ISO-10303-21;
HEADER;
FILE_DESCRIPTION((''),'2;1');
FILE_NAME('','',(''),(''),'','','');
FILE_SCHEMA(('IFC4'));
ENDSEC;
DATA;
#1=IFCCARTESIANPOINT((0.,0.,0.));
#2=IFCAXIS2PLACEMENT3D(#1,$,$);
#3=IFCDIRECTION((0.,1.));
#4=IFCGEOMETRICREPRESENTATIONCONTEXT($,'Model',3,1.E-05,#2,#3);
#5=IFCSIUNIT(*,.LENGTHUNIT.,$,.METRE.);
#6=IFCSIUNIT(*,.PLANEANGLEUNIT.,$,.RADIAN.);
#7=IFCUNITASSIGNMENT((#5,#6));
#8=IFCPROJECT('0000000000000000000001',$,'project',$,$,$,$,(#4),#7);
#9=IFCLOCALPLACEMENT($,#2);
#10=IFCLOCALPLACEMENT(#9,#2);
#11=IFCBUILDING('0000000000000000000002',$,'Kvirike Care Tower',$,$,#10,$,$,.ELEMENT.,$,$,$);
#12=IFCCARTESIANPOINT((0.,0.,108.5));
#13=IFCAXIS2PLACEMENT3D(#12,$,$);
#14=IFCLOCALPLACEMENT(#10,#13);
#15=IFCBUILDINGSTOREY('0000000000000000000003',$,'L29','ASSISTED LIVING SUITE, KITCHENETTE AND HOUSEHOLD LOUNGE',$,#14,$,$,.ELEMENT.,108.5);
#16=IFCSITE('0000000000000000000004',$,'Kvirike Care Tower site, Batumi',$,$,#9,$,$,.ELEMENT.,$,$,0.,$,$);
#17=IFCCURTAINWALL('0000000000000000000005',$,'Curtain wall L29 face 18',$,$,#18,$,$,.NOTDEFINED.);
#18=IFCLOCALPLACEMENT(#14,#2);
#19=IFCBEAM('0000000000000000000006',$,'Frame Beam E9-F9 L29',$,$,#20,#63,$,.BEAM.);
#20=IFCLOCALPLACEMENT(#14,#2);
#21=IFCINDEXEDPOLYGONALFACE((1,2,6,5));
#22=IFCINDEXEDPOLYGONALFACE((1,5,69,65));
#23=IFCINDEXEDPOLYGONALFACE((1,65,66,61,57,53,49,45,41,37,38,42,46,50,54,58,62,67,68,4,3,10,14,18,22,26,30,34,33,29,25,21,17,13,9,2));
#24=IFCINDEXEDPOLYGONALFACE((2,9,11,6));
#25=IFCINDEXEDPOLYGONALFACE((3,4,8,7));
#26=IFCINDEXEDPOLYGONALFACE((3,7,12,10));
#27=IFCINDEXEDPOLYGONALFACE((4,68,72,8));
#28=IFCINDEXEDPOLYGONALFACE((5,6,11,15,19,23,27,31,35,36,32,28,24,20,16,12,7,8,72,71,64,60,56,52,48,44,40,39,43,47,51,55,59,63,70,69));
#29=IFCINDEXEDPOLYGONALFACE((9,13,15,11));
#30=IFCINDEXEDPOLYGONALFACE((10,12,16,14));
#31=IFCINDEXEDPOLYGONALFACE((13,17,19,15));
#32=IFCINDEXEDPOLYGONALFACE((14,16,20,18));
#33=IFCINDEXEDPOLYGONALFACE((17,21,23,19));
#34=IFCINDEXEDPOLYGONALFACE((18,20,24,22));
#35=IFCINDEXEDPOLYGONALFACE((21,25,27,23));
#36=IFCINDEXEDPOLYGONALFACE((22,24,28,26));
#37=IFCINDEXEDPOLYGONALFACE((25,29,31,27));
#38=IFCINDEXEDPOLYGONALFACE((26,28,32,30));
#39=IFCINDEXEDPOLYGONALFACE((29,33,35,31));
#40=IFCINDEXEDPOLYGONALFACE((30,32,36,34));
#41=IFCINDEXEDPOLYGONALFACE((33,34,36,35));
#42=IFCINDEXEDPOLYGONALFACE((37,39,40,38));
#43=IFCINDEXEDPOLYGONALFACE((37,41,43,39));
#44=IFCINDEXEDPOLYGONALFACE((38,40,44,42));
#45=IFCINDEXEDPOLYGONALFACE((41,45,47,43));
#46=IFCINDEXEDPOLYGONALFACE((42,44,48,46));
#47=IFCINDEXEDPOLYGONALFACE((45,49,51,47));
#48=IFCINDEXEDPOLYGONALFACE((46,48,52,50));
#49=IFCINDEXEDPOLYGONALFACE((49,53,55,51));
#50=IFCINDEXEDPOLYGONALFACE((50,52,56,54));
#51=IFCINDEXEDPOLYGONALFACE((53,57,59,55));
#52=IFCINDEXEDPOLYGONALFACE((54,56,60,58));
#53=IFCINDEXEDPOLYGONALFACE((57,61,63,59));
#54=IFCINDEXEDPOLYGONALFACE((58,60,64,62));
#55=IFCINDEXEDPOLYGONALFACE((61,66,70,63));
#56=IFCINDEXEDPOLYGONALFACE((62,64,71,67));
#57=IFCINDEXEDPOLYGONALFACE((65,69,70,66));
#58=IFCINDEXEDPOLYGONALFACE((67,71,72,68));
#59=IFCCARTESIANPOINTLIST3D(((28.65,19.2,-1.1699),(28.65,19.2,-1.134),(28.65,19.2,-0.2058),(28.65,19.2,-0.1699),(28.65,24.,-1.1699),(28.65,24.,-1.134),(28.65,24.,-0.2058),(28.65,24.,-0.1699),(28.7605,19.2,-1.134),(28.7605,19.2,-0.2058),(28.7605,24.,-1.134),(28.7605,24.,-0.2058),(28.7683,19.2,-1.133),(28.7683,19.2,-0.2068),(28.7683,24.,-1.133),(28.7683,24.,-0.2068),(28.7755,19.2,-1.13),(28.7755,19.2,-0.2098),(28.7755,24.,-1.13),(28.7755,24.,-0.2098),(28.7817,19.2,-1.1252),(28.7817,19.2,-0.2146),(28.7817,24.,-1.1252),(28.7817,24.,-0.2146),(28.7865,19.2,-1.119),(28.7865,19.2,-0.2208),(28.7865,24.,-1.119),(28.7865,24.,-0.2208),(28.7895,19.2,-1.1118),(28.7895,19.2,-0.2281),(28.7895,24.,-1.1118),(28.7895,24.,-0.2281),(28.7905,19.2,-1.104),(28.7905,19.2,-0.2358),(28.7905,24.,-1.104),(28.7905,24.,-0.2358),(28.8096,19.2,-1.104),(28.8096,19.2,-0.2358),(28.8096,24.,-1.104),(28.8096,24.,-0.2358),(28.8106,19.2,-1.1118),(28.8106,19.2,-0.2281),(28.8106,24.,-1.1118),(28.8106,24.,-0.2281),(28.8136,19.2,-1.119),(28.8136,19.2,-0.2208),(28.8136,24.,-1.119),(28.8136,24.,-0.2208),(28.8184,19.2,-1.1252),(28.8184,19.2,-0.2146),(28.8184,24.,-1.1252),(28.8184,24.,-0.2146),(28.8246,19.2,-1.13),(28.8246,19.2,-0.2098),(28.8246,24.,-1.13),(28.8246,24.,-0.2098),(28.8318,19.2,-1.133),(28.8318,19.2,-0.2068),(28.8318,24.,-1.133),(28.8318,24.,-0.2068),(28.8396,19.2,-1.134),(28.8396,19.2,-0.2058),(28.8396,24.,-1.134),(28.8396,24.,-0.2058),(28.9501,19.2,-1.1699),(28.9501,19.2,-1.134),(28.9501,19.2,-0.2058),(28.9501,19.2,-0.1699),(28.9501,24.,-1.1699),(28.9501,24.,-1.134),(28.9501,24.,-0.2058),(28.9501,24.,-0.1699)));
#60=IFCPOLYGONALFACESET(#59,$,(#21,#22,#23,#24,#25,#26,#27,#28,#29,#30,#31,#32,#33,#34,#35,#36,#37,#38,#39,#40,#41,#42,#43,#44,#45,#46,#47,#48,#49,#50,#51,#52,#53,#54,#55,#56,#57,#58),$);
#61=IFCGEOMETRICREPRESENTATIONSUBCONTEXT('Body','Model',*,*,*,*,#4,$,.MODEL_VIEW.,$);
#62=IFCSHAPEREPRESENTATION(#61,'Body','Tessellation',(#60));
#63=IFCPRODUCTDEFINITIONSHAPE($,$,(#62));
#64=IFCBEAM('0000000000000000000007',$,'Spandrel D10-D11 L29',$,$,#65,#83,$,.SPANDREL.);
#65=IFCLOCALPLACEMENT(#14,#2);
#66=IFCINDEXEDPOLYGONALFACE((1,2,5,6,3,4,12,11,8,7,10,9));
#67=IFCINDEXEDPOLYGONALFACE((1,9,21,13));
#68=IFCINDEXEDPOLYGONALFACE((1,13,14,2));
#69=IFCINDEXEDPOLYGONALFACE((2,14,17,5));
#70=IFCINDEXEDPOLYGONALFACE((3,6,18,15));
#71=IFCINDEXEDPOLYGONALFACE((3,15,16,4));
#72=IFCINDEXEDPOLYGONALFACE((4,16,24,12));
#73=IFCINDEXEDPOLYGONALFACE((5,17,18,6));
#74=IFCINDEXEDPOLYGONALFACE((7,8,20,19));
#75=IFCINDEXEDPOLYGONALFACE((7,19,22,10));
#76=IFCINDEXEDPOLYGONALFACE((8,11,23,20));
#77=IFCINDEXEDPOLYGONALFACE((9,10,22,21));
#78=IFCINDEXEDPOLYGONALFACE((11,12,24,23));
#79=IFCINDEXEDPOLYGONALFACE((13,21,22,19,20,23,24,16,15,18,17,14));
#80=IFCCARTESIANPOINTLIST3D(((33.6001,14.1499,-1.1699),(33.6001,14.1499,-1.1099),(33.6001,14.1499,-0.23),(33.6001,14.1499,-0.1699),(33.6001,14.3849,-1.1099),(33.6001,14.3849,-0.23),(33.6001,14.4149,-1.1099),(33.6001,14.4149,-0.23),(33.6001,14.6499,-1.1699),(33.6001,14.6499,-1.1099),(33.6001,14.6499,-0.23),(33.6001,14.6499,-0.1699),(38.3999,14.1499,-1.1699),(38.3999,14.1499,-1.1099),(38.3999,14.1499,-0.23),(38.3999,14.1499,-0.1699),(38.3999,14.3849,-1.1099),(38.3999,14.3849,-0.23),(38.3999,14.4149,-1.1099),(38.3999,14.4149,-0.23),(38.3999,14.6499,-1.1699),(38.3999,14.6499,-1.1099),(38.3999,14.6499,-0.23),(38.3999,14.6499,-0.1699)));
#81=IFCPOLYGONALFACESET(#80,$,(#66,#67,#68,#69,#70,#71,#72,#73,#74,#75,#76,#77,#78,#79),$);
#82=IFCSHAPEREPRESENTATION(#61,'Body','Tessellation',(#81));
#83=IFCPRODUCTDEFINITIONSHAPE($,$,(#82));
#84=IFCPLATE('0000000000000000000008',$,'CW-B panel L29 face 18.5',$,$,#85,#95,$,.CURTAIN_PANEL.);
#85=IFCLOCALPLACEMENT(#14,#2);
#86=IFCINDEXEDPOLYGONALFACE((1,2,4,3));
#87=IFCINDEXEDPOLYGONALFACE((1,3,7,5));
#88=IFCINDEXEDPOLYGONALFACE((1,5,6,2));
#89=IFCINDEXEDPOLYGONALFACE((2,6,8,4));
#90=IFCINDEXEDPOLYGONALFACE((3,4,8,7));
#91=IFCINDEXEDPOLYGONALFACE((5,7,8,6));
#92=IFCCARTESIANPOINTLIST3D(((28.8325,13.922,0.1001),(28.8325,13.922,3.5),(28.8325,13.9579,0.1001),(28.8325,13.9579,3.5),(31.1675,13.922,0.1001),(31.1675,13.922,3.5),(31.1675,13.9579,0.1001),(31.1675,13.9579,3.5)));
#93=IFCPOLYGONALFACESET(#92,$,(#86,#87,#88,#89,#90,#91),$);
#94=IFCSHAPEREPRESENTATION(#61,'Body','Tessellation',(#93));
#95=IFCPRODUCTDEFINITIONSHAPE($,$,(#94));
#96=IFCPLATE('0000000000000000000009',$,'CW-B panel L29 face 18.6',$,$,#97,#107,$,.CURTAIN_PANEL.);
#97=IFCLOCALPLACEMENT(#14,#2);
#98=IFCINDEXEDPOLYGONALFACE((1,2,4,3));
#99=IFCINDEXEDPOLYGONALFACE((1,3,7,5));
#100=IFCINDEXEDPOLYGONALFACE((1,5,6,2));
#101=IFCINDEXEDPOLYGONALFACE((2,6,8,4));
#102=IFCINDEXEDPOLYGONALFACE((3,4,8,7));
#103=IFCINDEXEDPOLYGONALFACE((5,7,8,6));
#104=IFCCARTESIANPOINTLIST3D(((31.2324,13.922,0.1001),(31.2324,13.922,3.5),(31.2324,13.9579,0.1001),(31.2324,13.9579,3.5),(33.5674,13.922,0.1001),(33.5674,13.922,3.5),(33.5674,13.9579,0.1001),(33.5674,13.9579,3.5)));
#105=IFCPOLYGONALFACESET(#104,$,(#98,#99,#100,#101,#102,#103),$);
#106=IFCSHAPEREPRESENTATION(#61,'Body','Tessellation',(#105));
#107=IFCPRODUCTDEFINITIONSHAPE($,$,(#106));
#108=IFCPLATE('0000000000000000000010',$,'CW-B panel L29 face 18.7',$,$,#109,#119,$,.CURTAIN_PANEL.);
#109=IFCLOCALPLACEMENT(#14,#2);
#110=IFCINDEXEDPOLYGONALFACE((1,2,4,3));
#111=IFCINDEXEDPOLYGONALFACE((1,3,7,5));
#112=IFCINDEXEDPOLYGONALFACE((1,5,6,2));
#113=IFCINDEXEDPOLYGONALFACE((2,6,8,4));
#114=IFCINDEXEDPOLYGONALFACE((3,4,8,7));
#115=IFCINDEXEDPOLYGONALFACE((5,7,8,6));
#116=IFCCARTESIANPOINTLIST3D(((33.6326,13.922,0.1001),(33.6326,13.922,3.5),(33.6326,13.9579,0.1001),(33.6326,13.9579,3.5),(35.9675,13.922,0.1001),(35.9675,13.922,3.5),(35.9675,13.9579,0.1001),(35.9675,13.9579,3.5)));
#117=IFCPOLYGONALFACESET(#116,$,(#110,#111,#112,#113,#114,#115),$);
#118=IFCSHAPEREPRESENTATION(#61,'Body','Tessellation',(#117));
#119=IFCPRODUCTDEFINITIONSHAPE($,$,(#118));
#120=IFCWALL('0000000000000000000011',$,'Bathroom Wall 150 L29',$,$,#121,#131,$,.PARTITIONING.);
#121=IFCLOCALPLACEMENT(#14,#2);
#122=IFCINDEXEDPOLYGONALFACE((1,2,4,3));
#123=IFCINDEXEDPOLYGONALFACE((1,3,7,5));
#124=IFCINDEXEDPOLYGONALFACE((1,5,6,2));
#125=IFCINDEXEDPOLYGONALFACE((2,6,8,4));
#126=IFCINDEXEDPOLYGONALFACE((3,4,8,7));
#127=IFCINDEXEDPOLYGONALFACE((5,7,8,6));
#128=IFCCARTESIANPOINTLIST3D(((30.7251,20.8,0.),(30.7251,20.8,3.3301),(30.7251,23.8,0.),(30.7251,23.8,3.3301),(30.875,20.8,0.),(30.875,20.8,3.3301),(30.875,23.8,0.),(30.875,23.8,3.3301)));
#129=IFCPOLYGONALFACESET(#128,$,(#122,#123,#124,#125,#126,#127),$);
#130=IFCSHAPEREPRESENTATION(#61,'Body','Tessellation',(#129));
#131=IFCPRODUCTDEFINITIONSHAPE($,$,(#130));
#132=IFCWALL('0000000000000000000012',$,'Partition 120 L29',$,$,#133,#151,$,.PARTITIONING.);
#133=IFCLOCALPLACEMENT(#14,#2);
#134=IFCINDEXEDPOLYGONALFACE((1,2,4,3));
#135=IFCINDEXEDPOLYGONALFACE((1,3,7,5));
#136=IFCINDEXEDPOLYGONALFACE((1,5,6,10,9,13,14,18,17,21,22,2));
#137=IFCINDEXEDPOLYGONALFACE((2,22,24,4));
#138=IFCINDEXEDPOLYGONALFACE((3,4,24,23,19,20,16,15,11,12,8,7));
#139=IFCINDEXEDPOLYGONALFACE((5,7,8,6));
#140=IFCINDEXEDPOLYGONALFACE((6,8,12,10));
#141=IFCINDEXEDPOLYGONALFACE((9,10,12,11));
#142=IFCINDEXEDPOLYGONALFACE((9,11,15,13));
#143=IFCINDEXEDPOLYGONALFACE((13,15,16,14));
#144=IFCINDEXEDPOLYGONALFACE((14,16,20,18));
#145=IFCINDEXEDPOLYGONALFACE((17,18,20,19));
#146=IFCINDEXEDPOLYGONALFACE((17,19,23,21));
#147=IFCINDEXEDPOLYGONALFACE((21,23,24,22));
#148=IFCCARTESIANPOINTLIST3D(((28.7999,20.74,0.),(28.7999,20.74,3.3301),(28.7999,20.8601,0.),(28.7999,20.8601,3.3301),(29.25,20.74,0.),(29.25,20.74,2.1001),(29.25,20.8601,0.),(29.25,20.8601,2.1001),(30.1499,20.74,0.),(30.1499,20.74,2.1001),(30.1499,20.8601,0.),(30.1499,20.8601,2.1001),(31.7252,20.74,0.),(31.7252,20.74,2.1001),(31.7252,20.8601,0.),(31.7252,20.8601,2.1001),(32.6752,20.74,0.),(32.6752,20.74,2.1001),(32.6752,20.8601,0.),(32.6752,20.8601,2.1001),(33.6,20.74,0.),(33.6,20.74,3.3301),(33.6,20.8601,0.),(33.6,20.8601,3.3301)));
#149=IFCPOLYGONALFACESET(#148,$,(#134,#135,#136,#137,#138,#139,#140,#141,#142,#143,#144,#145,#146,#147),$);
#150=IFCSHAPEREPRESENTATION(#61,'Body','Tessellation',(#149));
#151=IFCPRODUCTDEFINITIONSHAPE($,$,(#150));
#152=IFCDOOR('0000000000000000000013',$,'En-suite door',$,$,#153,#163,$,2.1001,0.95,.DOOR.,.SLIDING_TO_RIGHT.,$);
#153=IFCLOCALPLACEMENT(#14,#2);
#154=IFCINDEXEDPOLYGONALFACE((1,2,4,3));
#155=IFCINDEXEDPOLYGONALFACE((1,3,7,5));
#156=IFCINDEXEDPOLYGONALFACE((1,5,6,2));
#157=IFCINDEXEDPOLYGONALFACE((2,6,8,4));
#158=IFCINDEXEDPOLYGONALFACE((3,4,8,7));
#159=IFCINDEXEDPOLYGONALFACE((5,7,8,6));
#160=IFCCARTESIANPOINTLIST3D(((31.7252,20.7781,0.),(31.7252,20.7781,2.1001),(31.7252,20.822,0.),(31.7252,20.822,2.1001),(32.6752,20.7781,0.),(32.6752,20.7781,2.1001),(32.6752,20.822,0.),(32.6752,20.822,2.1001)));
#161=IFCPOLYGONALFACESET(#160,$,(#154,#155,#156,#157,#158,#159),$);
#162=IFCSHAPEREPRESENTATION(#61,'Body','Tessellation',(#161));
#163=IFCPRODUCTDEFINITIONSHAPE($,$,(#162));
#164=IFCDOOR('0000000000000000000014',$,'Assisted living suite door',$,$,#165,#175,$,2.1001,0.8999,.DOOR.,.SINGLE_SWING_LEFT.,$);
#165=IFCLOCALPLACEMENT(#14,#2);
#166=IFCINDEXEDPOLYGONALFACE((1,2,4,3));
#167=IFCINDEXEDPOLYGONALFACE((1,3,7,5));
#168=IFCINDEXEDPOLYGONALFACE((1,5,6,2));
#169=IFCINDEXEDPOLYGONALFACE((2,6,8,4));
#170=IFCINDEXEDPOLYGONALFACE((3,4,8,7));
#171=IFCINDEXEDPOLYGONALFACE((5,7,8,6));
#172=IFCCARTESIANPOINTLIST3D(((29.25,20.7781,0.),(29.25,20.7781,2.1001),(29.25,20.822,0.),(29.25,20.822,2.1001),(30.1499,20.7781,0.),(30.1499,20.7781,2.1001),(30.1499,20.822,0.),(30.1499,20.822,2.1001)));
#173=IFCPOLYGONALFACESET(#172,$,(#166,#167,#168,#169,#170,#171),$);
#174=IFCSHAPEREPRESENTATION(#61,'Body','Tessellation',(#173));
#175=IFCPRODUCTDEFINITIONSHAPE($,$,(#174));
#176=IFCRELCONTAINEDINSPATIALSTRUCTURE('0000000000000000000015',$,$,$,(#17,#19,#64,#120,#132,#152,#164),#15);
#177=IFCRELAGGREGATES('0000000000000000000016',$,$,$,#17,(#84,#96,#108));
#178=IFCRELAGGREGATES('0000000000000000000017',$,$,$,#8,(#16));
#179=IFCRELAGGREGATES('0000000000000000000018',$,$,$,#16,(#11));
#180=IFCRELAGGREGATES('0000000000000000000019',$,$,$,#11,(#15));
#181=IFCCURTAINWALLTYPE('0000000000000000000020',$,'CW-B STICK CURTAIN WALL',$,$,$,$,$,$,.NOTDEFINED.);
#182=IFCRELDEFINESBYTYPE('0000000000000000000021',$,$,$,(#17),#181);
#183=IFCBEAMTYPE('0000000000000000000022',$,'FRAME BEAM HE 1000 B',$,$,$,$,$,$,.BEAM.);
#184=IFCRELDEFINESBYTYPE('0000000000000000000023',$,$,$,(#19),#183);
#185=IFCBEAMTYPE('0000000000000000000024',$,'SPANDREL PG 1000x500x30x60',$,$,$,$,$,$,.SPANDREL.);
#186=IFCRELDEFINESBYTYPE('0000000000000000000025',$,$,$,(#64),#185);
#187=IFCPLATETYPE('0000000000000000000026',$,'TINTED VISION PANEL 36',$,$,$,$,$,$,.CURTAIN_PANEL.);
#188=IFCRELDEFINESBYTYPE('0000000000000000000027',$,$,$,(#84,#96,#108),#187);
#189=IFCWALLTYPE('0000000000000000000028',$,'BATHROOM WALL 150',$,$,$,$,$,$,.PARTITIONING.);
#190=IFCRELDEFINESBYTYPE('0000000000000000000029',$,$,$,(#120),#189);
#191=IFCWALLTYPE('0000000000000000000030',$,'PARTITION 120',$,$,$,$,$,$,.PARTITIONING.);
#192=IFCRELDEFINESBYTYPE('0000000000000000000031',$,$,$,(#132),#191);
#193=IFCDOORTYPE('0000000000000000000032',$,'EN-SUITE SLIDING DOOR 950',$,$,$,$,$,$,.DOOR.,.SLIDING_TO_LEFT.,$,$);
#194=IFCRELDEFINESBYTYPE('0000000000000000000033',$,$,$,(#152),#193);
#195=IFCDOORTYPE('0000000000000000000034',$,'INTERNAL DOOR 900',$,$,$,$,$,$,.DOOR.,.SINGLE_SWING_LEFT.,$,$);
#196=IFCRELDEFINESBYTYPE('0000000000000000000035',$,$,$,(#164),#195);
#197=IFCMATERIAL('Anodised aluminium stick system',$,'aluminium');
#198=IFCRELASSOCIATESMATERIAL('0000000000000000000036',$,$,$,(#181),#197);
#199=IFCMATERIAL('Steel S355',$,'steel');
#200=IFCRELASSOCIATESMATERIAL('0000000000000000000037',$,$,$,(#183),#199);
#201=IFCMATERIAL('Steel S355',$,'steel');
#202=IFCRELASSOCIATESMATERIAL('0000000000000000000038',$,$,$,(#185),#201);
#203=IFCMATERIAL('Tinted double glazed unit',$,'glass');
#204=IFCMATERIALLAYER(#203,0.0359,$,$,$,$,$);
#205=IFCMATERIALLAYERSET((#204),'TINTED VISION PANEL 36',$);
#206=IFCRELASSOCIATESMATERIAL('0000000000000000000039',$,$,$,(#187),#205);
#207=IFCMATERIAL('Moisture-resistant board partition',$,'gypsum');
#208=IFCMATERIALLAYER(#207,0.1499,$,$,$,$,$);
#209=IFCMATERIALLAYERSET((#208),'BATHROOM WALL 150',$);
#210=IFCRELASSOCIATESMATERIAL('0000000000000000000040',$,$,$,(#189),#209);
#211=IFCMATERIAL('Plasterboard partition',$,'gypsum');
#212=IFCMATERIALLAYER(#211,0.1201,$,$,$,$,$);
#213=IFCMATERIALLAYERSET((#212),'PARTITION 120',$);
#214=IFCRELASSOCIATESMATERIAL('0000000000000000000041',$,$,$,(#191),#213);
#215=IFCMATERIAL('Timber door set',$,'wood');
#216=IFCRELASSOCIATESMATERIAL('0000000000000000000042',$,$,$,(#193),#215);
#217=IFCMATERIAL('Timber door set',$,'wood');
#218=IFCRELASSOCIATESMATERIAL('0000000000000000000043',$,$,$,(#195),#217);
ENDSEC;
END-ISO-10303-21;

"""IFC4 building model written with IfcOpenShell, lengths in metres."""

from ifc_helpers import new_model, si_unit, direction, frame, frame_2d, origin, origin_2d, place, context, subcontext, project, spatial, rectangle, i_section, extrude, material, layer, layer_set, material_profile, profile_set, type_object, element, fill, aggregate, save


model = new_model("IFC4")

# Units and contexts
model_context = context("Model", 3, precision=1e-05, world=origin(), true_north=direction((0.0, 1.0)))
body_context = subcontext(model_context, "Body", "Model", "MODEL_VIEW")
ifc_project = project(units=[si_unit("LENGTHUNIT", "METRE"), si_unit("PLANEANGLEUNIT", "RADIAN")], contexts=[model_context])

# Site, building, storey
site_placement = place(None, origin())
site = spatial("IfcSite", under=ifc_project, at=site_placement, Name="Kvirike Care Tower site, Batumi", CompositionType="ELEMENT", RefElevation=0.0)
building_placement = place(site_placement, origin())
building = spatial("IfcBuilding", under=site, at=building_placement, Name="Kvirike Care Tower", CompositionType="ELEMENT")
storey_placement = place(building_placement, frame((0.0, 0.0, 108.5)))
storey = spatial("IfcBuildingStorey", under=building, at=storey_placement, Name="L29", Description="ASSISTED LIVING SUITE, KITCHENETTE AND HOUSEHOLD LOUNGE", CompositionType="ELEMENT", Elevation=108.5)

# Curtain wall
ifc_material_1 = material(Name="Anodised aluminium stick system", Category="aluminium")
curtain_wall_type = type_object("IfcCurtainWallType", Name="CW-B STICK CURTAIN WALL", PredefinedType="NOTDEFINED", material=ifc_material_1)
curtain_wall_placement = place(storey_placement, origin())
curtain_wall = element("IfcCurtainWall", 1, at=curtain_wall_placement, inside=storey, type_object=curtain_wall_type, Name="Curtain wall L29 face 18", PredefinedType="NOTDEFINED")

# Beams
ifc_material_2 = material(Name="Steel S355", Category="steel")
ifc_material_profile_1 = material_profile(ifc_material_2, i_section(OverallWidth=0.3, OverallDepth=1.0, WebThickness=0.019, FlangeThickness=0.0359, FilletRadius=0.03, at=origin_2d()), Name="HE 1000 B")
ifc_profile_set_1 = profile_set([ifc_material_profile_1], Name="Steel S355")
beam_type_1 = type_object("IfcBeamType", Name="FRAME BEAM HE 1000 B", PredefinedType="BEAM", material=ifc_profile_set_1)
beam_1_placement = place(storey_placement, frame((28.8, 19.2, -0.6699), z_axis=(0.0, 1.0, 0.0), x_axis=(-1.0, 0.0, 0.0)))
element("IfcBeam", 2, at=beam_1_placement, inside=storey, type_object=beam_type_1, Name="Frame Beam E9-F9 L29", PredefinedType="BEAM", context=body_context, shape_type="SweptSolid", body=[
    extrude(i_section(OverallWidth=0.3, OverallDepth=1.0, WebThickness=0.019, FlangeThickness=0.0359, FilletRadius=0.03, at=origin_2d()), origin(), (0.0, 0.0, 1.0), 4.8),
])
ifc_material_3 = material(Name="Steel S355", Category="steel")
ifc_material_profile_2 = material_profile(ifc_material_3, i_section(OverallWidth=0.5, OverallDepth=1.0, WebThickness=0.03, FlangeThickness=0.0601, at=origin_2d()), Name="PG 1000x500x30x60")
ifc_profile_set_2 = profile_set([ifc_material_profile_2], Name="Steel S355")
beam_type_2 = type_object("IfcBeamType", Name="SPANDREL PG 1000x500x30x60", PredefinedType="SPANDREL", material=ifc_profile_set_2)
beam_2_placement = place(storey_placement, frame((33.6001, 14.3999, -0.6699), z_axis=(1.0, 0.0, 0.0), x_axis=(0.0, 1.0, 0.0)))
element("IfcBeam", 3, at=beam_2_placement, inside=storey, type_object=beam_type_2, Name="Spandrel D10-D11 L29", PredefinedType="SPANDREL", context=body_context, shape_type="SweptSolid", body=[
    extrude(i_section(OverallWidth=0.5, OverallDepth=1.0, WebThickness=0.03, FlangeThickness=0.0601, at=origin_2d()), origin(), (0.0, 0.0, 1.0), 4.7998),
])

# Plates
ifc_material_4 = material(Name="Tinted double glazed unit", Category="glass")
ifc_layer_1 = layer(ifc_material_4, 0.0359)
ifc_layer_set_1 = layer_set([ifc_layer_1], Name="TINTED VISION PANEL 36")
plate_type = type_object("IfcPlateType", Name="TINTED VISION PANEL 36", PredefinedType="CURTAIN_PANEL", material=ifc_layer_set_1)
plate_1_placement = place(storey_placement, frame((30.0, 13.9399, 0.1001), z_axis=(0.0, 0.0, 1.0), x_axis=(1.0, 0.0, 0.0)))
plate_1 = element("IfcPlate", 4, at=plate_1_placement, type_object=plate_type, Name="CW-B panel L29 face 18.5", PredefinedType="CURTAIN_PANEL", context=body_context, shape_type="SweptSolid", body=[
    extrude(rectangle(XDim=2.335, YDim=0.0359, at=origin_2d()), origin(), (0.0, 0.0, 1.0), 3.3999),
])
plate_2_placement = place(storey_placement, frame((32.3999, 13.9399, 0.1001), z_axis=(0.0, 0.0, 1.0), x_axis=(1.0, 0.0, 0.0)))
plate_2 = element("IfcPlate", 5, at=plate_2_placement, type_object=plate_type, Name="CW-B panel L29 face 18.6", PredefinedType="CURTAIN_PANEL", context=body_context, shape_type="SweptSolid", body=[
    extrude(rectangle(XDim=2.335, YDim=0.0359, at=origin_2d()), origin(), (0.0, 0.0, 1.0), 3.3999),
])
plate_3_placement = place(storey_placement, frame((34.8, 13.9399, 0.1001), z_axis=(0.0, 0.0, 1.0), x_axis=(1.0, 0.0, 0.0)))
plate_3 = element("IfcPlate", 6, at=plate_3_placement, type_object=plate_type, Name="CW-B panel L29 face 18.7", PredefinedType="CURTAIN_PANEL", context=body_context, shape_type="SweptSolid", body=[
    extrude(rectangle(XDim=2.335, YDim=0.0359, at=origin_2d()), origin(), (0.0, 0.0, 1.0), 3.3999),
])
aggregate(curtain_wall, [plate_1, plate_2, plate_3])

# Wall
ifc_material_5 = material(Name="Moisture-resistant board partition", Category="gypsum")
ifc_layer_2 = layer(ifc_material_5, 0.1499)
ifc_layer_set_2 = layer_set([ifc_layer_2], Name="BATHROOM WALL 150")
wall_type_1 = type_object("IfcWallType", Name="BATHROOM WALL 150", PredefinedType="PARTITIONING", material=ifc_layer_set_2)
wall_1_placement = place(storey_placement, frame((30.8, 20.8, 0.0), z_axis=(0.0, 0.0, 1.0), x_axis=(0.0, 1.0, 0.0)))
element("IfcWall", 7, at=wall_1_placement, inside=storey, type_object=wall_type_1, Name="Bathroom Wall 150 L29", PredefinedType="PARTITIONING", context=body_context, shape_type="SweptSolid", body=[
    extrude(rectangle(XDim=3.0, YDim=0.1499, at=frame_2d((1.5, 0.0))), origin(), (0.0, 0.0, 1.0), 3.3301),
])

# Wall, openings, doors
ifc_material_6 = material(Name="Plasterboard partition", Category="gypsum")
ifc_layer_3 = layer(ifc_material_6, 0.1201)
ifc_layer_set_3 = layer_set([ifc_layer_3], Name="PARTITION 120")
wall_type_2 = type_object("IfcWallType", Name="PARTITION 120", PredefinedType="PARTITIONING", material=ifc_layer_set_3)
wall_2_placement = place(storey_placement, frame((28.8, 20.8, 0.0), z_axis=(0.0, 0.0, 1.0), x_axis=(1.0, 0.0, 0.0)))
wall_2 = element("IfcWall", 8, at=wall_2_placement, inside=storey, type_object=wall_type_2, Name="Partition 120 L29", PredefinedType="PARTITIONING", context=body_context, shape_type="SweptSolid", body=[
    extrude(rectangle(XDim=4.8, YDim=0.1201, at=frame_2d((2.3999, 0.0))), origin(), (0.0, 0.0, 1.0), 3.3301),
])
opening_1_placement = place(wall_2_placement, frame((0.45, 0.0, 0.0)))
opening_1 = element("IfcOpeningElement", 9, at=opening_1_placement, cuts=wall_2, PredefinedType="OPENING", context=body_context, shape_type="SweptSolid", body=[
    extrude(rectangle(XDim=0.8999, YDim=2.1001, at=frame_2d((0.45, 1.05))), frame((0.0, 0.0706, 0.0), z_axis=(0.0, -1.0, 0.0), x_axis=(1.0, 0.0, 0.0)), (0.0, 0.0, 1.0), 0.1411),
])
opening_2_placement = place(wall_2_placement, frame((2.925, 0.0, 0.0)))
opening_2 = element("IfcOpeningElement", 10, at=opening_2_placement, cuts=wall_2, PredefinedType="OPENING", context=body_context, shape_type="SweptSolid", body=[
    extrude(rectangle(XDim=0.95, YDim=2.1001, at=frame_2d((0.4751, 1.05))), frame((0.0, 0.0706, 0.0), z_axis=(0.0, -1.0, 0.0), x_axis=(1.0, 0.0, 0.0)), (0.0, 0.0, 1.0), 0.1411),
])
ifc_material_7 = material(Name="Timber door set", Category="wood")
door_type_1 = type_object("IfcDoorType", Name="EN-SUITE SLIDING DOOR 950", OperationType="SLIDING_TO_LEFT", PredefinedType="DOOR", material=ifc_material_7)
door_1_placement = place(opening_2_placement, origin())
door_1 = element("IfcDoor", 11, at=door_1_placement, inside=storey, type_object=door_type_1, Name="En-suite door", OperationType="SLIDING_TO_RIGHT", OverallHeight=2.1001, OverallWidth=0.95, PredefinedType="DOOR", context=body_context, shape_type="SweptSolid", body=[
    extrude(rectangle(XDim=0.95, YDim=2.1001, at=frame_2d((0.4751, 1.05))), frame((0.0, 0.022, 0.0), z_axis=(0.0, -1.0, 0.0), x_axis=(1.0, 0.0, 0.0)), (0.0, 0.0, 1.0), 0.0439),
])
fill(opening_2, door_1)
ifc_material_8 = material(Name="Timber door set", Category="wood")
door_type_2 = type_object("IfcDoorType", Name="INTERNAL DOOR 900", OperationType="SINGLE_SWING_LEFT", PredefinedType="DOOR", material=ifc_material_8)
door_2_placement = place(opening_1_placement, origin())
door_2 = element("IfcDoor", 12, at=door_2_placement, inside=storey, type_object=door_type_2, Name="Assisted living suite door", OperationType="SINGLE_SWING_LEFT", OverallHeight=2.1001, OverallWidth=0.8999, PredefinedType="DOOR", context=body_context, shape_type="SweptSolid", body=[
    extrude(rectangle(XDim=0.8999, YDim=2.1001, at=frame_2d((0.45, 1.05))), frame((0.0, 0.022, 0.0), z_axis=(0.0, -1.0, 0.0), x_axis=(1.0, 0.0, 0.0)), (0.0, 0.0, 1.0), 0.0439),
])
fill(opening_1, door_2)

save(model, "model.ifc")
